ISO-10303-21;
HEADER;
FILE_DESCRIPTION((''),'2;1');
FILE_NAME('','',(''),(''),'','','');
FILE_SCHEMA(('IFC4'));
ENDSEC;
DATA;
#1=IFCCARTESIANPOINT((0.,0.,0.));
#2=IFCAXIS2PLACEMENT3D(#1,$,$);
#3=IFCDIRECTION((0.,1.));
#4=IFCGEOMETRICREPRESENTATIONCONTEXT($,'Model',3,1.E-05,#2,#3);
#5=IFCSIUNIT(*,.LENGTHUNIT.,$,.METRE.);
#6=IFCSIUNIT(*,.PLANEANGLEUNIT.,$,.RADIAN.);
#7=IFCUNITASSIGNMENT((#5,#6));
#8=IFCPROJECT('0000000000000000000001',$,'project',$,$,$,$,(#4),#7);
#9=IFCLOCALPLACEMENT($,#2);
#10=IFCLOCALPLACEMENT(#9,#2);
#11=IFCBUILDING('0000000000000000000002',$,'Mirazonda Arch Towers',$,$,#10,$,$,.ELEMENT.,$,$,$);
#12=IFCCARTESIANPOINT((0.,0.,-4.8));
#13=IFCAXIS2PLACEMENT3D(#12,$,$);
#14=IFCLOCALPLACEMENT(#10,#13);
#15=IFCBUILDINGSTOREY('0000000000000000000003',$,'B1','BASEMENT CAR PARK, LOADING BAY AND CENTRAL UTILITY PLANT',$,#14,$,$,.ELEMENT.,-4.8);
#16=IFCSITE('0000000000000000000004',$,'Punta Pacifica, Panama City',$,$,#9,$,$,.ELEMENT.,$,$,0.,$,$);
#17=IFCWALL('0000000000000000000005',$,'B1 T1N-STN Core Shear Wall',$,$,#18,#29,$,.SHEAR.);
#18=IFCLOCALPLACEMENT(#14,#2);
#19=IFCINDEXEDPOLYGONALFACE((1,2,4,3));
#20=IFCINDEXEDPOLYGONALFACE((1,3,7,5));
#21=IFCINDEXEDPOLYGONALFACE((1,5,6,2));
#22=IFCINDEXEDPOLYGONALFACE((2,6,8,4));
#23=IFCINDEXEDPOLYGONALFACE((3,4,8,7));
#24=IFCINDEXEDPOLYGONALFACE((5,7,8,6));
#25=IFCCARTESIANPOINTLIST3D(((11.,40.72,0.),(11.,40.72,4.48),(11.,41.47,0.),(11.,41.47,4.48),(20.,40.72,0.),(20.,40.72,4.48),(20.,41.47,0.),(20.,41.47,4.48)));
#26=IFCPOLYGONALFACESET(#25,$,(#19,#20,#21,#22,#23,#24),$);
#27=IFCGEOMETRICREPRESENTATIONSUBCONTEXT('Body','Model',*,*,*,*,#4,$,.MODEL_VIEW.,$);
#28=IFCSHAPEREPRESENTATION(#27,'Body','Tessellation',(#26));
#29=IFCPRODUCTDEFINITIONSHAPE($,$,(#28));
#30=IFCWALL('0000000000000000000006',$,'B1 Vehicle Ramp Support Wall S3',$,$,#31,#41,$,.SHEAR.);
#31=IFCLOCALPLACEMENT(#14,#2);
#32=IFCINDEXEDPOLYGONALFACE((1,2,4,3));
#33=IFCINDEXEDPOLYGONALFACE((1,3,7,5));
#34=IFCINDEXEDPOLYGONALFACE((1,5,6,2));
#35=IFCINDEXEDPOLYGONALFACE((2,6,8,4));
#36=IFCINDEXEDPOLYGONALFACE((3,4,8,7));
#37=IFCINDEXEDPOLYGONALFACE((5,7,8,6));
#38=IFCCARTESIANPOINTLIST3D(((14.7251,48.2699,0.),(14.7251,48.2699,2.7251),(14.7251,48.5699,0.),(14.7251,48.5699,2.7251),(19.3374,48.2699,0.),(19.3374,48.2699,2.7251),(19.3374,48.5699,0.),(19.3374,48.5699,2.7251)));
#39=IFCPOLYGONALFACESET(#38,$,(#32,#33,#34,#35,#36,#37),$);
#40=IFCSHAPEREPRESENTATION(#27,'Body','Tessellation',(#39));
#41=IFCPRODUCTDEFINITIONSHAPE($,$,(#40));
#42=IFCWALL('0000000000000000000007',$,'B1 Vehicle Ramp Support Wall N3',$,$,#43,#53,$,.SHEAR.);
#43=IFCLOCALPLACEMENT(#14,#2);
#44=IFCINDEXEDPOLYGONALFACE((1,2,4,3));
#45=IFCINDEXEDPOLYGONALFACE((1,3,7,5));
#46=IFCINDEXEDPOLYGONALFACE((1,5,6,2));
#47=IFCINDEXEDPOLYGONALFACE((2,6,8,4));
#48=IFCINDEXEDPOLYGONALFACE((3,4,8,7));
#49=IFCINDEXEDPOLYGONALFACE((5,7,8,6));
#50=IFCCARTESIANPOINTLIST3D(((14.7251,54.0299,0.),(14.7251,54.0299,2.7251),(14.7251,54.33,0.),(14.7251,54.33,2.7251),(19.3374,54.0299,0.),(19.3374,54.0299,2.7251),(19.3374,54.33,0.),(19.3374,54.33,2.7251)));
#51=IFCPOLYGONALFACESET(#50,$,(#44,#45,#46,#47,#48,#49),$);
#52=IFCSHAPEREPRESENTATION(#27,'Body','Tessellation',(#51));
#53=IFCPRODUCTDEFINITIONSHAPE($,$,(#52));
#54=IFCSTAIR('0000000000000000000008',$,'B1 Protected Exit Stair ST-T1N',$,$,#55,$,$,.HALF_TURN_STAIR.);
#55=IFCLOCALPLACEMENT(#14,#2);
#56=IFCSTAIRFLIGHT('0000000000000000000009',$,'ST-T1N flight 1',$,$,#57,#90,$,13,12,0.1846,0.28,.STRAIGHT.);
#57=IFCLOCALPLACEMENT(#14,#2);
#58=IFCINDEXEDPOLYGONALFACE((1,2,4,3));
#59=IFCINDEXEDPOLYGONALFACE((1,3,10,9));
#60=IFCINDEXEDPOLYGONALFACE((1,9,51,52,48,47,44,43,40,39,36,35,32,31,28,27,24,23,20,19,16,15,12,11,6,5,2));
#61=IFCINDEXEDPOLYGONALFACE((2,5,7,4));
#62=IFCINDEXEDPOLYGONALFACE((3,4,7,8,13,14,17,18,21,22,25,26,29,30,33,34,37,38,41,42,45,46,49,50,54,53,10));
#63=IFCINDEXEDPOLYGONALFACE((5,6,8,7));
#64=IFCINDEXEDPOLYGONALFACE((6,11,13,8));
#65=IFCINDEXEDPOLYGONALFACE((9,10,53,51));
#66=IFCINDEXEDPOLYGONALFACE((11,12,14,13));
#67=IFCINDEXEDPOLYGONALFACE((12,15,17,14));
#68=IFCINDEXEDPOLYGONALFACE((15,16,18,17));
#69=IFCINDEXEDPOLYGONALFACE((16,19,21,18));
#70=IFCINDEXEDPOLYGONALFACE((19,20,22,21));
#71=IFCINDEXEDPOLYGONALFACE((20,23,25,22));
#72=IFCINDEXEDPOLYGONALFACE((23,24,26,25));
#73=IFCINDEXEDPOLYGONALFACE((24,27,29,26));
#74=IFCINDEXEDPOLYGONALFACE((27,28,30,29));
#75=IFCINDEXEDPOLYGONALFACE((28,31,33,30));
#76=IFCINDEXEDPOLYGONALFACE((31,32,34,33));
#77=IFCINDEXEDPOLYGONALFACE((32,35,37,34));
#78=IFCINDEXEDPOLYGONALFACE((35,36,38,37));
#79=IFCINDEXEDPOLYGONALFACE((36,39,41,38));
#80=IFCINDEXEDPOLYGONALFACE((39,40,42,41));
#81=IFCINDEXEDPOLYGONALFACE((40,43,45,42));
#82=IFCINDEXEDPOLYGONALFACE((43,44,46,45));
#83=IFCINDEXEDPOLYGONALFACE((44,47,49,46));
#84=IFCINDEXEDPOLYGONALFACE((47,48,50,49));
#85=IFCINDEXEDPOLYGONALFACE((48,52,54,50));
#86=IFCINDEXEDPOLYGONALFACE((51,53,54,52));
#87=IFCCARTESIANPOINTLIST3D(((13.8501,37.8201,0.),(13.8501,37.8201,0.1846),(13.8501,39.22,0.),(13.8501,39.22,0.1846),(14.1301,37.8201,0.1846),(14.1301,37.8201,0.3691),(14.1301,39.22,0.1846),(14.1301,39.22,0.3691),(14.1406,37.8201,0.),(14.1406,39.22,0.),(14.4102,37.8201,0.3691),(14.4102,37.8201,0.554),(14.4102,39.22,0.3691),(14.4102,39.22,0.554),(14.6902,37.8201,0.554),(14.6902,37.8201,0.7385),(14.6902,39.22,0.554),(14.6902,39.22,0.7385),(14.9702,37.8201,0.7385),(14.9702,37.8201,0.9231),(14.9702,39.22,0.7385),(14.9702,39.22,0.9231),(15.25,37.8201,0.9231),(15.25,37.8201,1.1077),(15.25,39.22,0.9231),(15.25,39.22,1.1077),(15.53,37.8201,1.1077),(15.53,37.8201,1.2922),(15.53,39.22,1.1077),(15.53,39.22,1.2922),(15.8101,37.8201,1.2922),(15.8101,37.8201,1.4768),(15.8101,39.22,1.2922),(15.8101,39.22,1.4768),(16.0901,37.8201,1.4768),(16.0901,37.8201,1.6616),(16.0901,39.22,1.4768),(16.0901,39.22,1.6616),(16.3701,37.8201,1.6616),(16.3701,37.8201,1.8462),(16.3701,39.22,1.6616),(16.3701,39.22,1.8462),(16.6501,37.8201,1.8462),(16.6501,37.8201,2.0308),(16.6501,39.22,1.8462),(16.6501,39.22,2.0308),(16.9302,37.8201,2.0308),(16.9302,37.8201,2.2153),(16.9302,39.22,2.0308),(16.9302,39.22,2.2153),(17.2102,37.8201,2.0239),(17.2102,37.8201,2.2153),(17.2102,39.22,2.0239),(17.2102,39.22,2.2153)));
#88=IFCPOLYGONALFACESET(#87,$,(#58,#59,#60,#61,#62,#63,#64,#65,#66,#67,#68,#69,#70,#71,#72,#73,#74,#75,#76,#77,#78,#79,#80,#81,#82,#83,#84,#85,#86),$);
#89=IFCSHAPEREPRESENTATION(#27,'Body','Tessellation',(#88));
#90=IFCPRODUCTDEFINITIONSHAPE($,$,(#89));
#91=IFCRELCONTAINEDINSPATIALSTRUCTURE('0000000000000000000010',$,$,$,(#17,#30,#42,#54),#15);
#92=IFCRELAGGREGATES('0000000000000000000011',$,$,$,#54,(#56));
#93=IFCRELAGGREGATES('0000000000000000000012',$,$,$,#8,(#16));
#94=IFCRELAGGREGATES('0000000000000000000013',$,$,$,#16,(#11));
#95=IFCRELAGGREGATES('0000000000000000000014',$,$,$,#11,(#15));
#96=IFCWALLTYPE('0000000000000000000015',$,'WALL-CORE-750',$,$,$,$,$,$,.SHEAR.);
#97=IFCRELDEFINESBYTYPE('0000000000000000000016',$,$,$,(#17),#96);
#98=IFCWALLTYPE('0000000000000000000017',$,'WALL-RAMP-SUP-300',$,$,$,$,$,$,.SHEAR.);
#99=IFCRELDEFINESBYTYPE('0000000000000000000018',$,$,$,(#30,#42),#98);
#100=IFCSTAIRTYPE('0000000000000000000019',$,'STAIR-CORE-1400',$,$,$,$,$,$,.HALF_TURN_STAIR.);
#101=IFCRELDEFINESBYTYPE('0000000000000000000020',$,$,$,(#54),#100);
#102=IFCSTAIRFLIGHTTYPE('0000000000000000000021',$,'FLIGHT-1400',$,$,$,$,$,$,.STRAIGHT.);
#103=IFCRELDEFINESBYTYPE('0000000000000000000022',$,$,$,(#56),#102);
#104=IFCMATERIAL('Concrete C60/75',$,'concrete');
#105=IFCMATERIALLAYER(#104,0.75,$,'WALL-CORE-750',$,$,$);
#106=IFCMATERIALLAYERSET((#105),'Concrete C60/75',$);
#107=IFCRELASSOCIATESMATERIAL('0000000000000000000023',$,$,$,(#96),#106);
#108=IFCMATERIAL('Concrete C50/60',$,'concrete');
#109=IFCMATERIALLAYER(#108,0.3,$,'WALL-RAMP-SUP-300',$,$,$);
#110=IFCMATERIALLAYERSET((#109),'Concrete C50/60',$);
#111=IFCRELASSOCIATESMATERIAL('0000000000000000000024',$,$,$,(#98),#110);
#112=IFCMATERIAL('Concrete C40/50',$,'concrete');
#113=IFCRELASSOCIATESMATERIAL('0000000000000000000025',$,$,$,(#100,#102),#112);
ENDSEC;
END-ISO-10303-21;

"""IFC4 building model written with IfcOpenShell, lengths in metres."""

from ifc_helpers import new_model, si_unit, direction, frame, frame_2d, origin, place, context, subcontext, project, spatial, polyline, rectangle, outline, extrude, material, layer, layer_set, type_object, element, aggregate, save


model = new_model("IFC4")

# Units and contexts
model_context = context("Model", 3, precision=1e-05, world=origin(), true_north=direction((0.0, 1.0)))
body_context = subcontext(model_context, "Body", "Model", "MODEL_VIEW")
ifc_project = project(units=[si_unit("LENGTHUNIT", "METRE"), si_unit("PLANEANGLEUNIT", "RADIAN")], contexts=[model_context])

# Site, building, storey
site_placement = place(None, origin())
site = spatial("IfcSite", under=ifc_project, at=site_placement, Name="Punta Pacifica, Panama City", CompositionType="ELEMENT", RefElevation=0.0)
building_placement = place(site_placement, origin())
building = spatial("IfcBuilding", under=site, at=building_placement, Name="Mirazonda Arch Towers", CompositionType="ELEMENT")
storey_placement = place(building_placement, frame((0.0, 0.0, -4.8)))
storey = spatial("IfcBuildingStorey", under=building, at=storey_placement, Name="B1", Description="BASEMENT CAR PARK, LOADING BAY AND CENTRAL UTILITY PLANT", CompositionType="ELEMENT", Elevation=-4.8)

# Shared definitions
ifc_material_1 = material(Name="Concrete C50/60", Category="concrete")

# Shared definitions
ifc_material_2 = material(Name="Concrete C60/75", Category="concrete")

# Walls
ifc_layer_1 = layer(ifc_material_2, 0.75, Name="WALL-CORE-750")
ifc_layer_set_1 = layer_set([ifc_layer_1], Name="Concrete C60/75")
wall_type_1 = type_object("IfcWallType", Name="WALL-CORE-750", PredefinedType="SHEAR", material=ifc_layer_set_1)
wall_1_placement = place(storey_placement, frame((11.0, 41.095, 0.0), z_axis=(0.0, 0.0, 1.0), x_axis=(1.0, 0.0, 0.0)))
element("IfcWall", 1, at=wall_1_placement, inside=storey, type_object=wall_type_1, Name="B1 T1N-STN Core Shear Wall", PredefinedType="SHEAR", context=body_context, shape_type="SweptSolid", body=[
    extrude(rectangle(XDim=9.0, YDim=0.75, at=frame_2d((4.5, 0.0))), origin(), (0.0, 0.0, 1.0), 4.48),
])
ifc_layer_2 = layer(ifc_material_1, 0.3, Name="WALL-RAMP-SUP-300")
ifc_layer_set_2 = layer_set([ifc_layer_2], Name="Concrete C50/60")
wall_type_2 = type_object("IfcWallType", Name="WALL-RAMP-SUP-300", PredefinedType="SHEAR", material=ifc_layer_set_2)
for number, where, z_axis, x_axis, name in (
    (2, (14.7251, 48.4199, 0.0), (0.0, 0.0, 1.0), (1.0, 0.0, 0.0), "B1 Vehicle Ramp Support Wall S3"),
    (3, (14.7251, 54.1799, 0.0), (0.0, 0.0, 1.0), (1.0, 0.0, 0.0), "B1 Vehicle Ramp Support Wall N3"),
):
    element("IfcWall", number, at=place(storey_placement, frame(where, z_axis=z_axis, x_axis=x_axis)), inside=storey, type_object=wall_type_2, Name=name, PredefinedType="SHEAR", context=body_context, shape_type="SweptSolid", body=[
        extrude(rectangle(XDim=4.6123, YDim=0.3, at=frame_2d((2.3062, 0.0))), origin(), (0.0, 0.0, 1.0), 2.7251),
    ])

# Stair, stair flight
ifc_material_3 = material(Name="Concrete C40/50", Category="concrete")
stair_type = type_object("IfcStairType", Name="STAIR-CORE-1400", PredefinedType="HALF_TURN_STAIR", material=ifc_material_3)
stair_placement = place(storey_placement, origin())
stair = element("IfcStair", 4, at=stair_placement, inside=storey, type_object=stair_type, Name="B1 Protected Exit Stair ST-T1N", PredefinedType="HALF_TURN_STAIR")
stair_flight_type = type_object("IfcStairFlightType", Name="FLIGHT-1400", PredefinedType="STRAIGHT", material=ifc_material_3)
stair_flight_placement = place(storey_placement, frame((13.8501, 38.52, 0.0), z_axis=(0.0, 0.0, 1.0), x_axis=(1.0, 0.0, 0.0)))
stair_flight = element("IfcStairFlight", 5, at=stair_flight_placement, type_object=stair_flight_type, Name="ST-T1N flight 1", NumberOfRisers=13, NumberOfTreads=12, PredefinedType="STRAIGHT", RiserHeight=0.1846, TreadLength=0.28, context=body_context, shape_type="SweptSolid", body=[
    extrude(outline(polyline([(0.0, 0.0), (0.0, 0.1846), (0.28, 0.1846), (0.28, 0.3691), (0.5601, 0.3691), (0.5601, 0.554), (0.8401, 0.554), (0.8401, 0.7385), (1.1201, 0.7385), (1.1201, 0.9231), (1.3999, 0.9231), (1.3999, 1.1077), (1.6799, 1.1077), (1.6799, 1.2922), (1.96, 1.2922), (1.96, 1.4768), (2.24, 1.4768), (2.24, 1.6616), (2.52, 1.6616), (2.52, 1.8462), (2.8, 1.8462), (2.8, 2.0308), (3.0801, 2.0308), (3.0801, 2.2153), (3.3601, 2.2153), (3.3601, 2.3999), (3.3601, 2.0239), (0.2905, 0.0), (0.0, 0.0)])), frame((0.0, 0.7, 0.0), z_axis=(0.0, -1.0, 0.0), x_axis=(1.0, 0.0, 0.0)), (0.0, 0.0, 1.0), 1.3999),
])
aggregate(stair, [stair_flight])

save(model, "model.ifc")
